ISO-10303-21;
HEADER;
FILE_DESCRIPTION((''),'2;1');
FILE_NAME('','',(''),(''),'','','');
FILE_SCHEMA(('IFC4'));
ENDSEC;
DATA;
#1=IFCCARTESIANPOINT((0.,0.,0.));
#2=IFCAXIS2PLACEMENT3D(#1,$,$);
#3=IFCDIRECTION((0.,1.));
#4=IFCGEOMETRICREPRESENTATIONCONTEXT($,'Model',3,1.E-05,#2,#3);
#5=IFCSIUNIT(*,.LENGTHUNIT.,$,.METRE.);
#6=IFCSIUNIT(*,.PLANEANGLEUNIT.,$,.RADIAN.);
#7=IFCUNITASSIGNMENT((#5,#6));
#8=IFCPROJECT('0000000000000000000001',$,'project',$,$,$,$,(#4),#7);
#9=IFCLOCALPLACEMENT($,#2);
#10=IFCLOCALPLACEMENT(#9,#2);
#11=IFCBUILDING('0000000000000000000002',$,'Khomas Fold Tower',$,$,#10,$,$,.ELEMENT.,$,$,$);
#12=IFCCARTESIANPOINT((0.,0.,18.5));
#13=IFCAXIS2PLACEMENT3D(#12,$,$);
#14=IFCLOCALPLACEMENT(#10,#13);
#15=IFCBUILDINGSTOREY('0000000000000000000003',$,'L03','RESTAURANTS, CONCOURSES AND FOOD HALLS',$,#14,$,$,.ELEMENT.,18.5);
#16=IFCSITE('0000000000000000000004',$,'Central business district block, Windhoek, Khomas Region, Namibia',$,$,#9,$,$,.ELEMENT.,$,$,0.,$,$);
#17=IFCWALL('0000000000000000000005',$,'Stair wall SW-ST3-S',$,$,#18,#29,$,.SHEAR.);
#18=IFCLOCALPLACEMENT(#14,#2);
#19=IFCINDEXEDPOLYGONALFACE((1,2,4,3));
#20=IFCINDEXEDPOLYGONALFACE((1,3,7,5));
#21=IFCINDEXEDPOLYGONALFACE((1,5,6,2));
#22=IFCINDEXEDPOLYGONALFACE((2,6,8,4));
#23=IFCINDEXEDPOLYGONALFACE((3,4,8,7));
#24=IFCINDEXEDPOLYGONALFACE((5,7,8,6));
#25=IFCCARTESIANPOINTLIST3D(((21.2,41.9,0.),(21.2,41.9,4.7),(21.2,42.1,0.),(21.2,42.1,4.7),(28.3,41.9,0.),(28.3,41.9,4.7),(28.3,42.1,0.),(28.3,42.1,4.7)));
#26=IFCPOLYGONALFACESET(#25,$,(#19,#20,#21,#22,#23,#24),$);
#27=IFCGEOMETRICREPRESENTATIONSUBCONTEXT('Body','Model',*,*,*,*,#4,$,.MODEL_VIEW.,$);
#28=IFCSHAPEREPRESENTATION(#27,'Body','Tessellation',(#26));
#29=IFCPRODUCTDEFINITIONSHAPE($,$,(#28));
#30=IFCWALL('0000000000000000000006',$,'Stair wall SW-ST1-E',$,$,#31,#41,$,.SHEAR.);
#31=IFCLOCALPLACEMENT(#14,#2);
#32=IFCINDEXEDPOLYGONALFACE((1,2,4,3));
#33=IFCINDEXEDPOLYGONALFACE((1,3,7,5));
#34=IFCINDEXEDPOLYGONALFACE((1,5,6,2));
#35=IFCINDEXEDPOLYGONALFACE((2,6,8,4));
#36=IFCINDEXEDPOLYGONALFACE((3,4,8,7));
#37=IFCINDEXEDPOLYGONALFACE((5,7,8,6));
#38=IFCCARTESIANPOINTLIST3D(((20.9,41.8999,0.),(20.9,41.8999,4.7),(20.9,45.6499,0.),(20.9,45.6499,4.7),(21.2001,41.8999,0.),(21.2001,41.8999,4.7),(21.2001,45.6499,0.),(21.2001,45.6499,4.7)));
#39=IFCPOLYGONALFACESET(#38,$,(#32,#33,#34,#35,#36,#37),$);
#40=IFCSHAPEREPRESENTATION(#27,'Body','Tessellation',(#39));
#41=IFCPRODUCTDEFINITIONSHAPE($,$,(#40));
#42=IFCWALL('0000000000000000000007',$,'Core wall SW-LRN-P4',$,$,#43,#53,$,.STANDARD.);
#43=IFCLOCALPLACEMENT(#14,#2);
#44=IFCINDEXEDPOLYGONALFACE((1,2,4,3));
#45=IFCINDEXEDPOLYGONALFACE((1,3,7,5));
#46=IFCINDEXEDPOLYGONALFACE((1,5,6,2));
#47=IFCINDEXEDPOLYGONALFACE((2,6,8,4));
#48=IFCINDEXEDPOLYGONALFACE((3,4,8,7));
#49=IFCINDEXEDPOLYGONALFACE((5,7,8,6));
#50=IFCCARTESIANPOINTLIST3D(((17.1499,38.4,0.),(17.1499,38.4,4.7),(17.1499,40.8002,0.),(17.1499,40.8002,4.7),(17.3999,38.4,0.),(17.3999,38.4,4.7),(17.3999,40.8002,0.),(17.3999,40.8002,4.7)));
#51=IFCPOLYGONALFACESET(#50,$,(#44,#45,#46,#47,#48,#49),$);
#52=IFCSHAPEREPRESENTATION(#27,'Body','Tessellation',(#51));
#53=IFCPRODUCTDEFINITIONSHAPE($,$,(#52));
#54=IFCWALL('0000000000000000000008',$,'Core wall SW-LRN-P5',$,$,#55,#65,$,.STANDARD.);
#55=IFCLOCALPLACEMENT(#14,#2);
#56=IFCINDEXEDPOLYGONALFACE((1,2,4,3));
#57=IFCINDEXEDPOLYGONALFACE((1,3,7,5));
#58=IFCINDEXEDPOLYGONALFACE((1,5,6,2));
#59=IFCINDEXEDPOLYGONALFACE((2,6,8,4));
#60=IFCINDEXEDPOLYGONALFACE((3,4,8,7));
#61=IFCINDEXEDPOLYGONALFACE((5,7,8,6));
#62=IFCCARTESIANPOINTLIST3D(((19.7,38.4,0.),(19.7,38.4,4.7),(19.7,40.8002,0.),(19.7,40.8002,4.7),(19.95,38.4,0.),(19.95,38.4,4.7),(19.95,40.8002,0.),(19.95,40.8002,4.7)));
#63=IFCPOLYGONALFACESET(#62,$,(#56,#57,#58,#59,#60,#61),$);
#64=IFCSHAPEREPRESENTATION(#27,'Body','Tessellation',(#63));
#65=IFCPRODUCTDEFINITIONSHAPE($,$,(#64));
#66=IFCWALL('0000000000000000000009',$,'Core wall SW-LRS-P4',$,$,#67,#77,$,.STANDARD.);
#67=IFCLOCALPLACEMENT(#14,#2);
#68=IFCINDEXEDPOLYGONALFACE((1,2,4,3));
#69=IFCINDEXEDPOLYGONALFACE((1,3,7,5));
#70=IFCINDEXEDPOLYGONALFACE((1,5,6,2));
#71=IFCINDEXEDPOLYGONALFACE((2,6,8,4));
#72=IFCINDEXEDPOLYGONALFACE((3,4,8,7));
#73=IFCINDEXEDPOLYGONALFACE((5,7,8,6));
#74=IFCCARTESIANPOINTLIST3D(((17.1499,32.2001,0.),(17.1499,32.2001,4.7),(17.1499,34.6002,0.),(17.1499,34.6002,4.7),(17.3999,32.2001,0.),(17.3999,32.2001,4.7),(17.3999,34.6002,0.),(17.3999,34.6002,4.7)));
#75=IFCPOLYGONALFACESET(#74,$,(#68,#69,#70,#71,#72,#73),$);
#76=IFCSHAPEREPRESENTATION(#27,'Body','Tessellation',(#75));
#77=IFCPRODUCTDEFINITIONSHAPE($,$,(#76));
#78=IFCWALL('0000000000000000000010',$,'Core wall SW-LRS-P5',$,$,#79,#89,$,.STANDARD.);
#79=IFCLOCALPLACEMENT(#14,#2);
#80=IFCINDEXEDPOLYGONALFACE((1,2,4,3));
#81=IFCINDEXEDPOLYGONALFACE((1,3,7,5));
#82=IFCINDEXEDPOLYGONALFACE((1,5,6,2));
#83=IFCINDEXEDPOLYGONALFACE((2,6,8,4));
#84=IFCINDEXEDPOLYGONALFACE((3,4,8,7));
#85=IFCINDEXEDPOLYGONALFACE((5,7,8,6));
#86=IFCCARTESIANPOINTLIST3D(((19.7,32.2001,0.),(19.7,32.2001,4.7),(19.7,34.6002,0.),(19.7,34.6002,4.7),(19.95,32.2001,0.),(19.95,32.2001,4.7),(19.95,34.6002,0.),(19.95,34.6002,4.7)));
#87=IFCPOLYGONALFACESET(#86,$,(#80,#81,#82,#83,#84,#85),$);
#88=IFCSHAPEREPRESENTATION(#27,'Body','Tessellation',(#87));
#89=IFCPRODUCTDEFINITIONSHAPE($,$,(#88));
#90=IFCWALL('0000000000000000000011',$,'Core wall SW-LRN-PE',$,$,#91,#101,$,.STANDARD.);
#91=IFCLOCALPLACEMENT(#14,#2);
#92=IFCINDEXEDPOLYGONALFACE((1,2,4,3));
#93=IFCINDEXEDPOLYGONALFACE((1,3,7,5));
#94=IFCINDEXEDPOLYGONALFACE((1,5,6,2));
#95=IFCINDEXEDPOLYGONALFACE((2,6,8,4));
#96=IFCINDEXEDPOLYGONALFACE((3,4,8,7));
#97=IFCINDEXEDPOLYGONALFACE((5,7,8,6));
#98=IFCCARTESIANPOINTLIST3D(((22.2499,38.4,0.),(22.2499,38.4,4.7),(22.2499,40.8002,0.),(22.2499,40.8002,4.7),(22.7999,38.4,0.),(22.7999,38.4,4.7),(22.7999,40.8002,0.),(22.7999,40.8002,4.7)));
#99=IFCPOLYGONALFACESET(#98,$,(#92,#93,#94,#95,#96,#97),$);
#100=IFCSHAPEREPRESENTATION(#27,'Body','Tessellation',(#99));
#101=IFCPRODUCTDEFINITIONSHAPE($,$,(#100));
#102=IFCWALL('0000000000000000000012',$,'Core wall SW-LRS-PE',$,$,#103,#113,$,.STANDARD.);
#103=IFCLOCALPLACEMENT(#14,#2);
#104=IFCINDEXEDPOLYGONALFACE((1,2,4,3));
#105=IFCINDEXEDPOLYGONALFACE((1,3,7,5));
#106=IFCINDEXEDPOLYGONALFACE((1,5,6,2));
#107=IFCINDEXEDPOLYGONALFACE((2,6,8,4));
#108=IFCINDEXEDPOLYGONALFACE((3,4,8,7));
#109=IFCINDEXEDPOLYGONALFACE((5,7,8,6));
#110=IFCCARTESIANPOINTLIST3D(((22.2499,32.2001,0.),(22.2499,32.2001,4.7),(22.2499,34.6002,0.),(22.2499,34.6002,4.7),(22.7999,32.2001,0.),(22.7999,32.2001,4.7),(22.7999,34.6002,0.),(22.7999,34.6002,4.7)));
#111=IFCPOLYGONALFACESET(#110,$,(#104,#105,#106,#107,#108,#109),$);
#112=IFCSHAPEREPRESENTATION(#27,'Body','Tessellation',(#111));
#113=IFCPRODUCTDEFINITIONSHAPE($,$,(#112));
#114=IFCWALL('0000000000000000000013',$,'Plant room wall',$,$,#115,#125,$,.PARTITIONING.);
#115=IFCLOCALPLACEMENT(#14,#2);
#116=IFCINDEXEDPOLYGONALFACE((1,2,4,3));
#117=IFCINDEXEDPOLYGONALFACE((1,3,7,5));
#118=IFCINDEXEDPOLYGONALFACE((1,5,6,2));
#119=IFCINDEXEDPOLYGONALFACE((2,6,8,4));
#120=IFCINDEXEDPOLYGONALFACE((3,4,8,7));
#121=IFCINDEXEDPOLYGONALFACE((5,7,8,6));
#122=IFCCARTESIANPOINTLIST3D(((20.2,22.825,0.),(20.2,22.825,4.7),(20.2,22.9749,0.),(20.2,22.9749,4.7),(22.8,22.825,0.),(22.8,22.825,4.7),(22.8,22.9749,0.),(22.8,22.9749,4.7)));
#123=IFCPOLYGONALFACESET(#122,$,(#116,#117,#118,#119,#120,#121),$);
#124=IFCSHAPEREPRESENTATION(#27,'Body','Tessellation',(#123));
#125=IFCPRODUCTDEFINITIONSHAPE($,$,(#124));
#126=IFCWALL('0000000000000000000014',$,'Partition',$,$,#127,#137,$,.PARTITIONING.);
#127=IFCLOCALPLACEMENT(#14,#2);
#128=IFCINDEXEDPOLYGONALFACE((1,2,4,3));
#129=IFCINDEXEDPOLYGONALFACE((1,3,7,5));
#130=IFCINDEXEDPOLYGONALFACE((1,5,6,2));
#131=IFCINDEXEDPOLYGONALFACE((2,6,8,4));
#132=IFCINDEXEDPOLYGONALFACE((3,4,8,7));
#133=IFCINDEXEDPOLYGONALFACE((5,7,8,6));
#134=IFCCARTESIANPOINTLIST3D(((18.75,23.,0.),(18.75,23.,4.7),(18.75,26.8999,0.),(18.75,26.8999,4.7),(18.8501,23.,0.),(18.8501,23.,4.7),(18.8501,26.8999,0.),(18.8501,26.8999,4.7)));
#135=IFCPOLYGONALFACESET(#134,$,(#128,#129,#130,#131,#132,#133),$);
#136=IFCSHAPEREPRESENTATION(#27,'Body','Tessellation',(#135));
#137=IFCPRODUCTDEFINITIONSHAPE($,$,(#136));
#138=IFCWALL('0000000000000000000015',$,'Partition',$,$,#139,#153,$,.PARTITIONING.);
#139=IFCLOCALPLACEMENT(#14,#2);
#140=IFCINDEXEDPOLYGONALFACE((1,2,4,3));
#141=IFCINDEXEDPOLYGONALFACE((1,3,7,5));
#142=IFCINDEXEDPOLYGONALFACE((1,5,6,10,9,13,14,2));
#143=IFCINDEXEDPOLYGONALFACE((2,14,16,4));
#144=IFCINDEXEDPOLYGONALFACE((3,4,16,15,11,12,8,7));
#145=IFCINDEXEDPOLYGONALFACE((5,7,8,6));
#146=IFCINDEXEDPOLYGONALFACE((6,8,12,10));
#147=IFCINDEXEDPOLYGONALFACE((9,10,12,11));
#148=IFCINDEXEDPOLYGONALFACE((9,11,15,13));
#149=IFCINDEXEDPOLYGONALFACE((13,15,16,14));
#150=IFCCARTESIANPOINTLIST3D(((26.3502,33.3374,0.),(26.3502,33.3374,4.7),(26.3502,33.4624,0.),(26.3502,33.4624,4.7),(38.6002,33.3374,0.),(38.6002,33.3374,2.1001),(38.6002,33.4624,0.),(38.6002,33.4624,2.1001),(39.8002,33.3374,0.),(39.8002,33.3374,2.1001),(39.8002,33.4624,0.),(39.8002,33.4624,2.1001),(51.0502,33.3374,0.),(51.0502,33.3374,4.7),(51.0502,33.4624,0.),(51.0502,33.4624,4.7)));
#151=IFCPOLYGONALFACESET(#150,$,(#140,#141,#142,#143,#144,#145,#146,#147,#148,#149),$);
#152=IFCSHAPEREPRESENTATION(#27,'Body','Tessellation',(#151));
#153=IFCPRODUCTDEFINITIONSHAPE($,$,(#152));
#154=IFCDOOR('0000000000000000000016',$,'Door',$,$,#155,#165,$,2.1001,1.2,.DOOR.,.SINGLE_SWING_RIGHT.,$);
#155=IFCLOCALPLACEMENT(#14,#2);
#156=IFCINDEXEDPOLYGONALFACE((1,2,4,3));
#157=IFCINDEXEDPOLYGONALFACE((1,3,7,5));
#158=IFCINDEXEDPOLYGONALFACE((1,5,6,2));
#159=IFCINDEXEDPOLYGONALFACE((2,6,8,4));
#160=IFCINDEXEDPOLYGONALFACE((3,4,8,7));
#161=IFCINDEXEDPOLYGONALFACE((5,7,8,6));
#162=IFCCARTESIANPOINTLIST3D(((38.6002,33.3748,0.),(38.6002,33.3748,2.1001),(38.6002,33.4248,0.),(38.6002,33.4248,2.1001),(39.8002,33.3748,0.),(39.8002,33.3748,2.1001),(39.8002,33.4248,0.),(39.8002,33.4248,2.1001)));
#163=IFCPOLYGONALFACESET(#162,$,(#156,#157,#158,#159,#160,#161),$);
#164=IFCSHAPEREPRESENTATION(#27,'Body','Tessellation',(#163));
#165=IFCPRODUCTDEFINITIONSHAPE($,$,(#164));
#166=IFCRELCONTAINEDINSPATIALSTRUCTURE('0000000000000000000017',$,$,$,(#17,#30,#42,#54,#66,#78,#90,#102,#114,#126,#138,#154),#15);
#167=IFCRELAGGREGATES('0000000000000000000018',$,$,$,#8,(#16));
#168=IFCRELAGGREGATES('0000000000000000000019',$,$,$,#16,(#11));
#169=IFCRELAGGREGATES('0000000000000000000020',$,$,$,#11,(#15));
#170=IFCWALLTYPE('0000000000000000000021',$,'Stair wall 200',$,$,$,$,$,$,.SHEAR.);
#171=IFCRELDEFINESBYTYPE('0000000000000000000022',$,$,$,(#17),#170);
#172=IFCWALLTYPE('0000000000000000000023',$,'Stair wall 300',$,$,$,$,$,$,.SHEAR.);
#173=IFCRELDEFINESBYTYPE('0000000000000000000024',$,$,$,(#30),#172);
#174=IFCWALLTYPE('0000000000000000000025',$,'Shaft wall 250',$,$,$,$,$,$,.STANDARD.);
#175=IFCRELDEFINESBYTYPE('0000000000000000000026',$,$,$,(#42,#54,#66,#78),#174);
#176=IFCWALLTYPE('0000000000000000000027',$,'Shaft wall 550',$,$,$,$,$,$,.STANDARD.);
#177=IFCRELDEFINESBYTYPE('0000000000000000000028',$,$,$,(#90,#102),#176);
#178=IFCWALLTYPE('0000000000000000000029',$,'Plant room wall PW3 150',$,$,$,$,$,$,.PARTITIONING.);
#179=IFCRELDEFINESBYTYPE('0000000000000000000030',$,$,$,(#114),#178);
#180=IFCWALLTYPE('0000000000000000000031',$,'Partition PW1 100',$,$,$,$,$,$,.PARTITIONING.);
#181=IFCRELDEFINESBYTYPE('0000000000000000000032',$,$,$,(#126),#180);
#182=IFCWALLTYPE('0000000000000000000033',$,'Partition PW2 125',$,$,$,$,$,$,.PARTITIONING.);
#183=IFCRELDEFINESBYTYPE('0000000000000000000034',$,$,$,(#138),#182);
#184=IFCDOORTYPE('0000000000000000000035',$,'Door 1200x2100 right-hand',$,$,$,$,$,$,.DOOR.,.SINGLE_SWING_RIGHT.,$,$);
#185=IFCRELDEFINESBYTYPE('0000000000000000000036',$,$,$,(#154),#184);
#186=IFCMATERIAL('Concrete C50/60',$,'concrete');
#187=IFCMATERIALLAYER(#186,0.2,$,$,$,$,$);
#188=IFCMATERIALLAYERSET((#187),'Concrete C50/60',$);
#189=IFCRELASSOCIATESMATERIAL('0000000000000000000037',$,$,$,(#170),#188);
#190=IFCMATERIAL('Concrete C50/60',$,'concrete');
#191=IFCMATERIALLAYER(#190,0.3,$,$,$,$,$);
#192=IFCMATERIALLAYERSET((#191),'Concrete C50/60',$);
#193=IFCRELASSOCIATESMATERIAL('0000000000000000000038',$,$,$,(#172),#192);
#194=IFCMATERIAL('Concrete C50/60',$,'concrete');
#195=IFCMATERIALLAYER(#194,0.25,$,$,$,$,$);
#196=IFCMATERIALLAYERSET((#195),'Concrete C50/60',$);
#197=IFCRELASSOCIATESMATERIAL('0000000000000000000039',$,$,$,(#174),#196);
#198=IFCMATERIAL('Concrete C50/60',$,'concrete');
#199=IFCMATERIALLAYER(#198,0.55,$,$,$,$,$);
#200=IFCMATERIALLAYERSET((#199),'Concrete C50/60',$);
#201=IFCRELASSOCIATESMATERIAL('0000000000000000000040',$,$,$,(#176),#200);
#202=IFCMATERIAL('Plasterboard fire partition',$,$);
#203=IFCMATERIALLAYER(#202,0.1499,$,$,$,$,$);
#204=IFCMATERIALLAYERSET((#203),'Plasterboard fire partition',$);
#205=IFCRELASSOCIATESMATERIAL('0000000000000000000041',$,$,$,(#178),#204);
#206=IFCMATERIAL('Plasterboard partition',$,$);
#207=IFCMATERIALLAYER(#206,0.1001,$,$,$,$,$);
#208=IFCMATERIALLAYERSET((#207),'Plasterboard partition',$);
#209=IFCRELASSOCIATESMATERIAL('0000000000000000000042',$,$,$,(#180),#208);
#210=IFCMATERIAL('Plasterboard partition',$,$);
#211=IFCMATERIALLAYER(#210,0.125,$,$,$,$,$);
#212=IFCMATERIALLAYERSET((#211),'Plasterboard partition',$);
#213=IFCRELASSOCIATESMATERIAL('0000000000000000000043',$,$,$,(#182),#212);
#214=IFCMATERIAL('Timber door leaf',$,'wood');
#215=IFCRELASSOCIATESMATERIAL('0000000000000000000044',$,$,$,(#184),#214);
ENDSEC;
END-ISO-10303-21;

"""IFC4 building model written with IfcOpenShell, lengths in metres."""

from ifc_helpers import new_model, si_unit, direction, frame, frame_2d, origin, place, context, subcontext, project, spatial, rectangle, extrude, source, transform, mapped, material, layer, layer_set, type_object, element, fill, save


model = new_model("IFC4")

# Units and contexts
model_context = context("Model", 3, precision=1e-05, world=origin(), true_north=direction((0.0, 1.0)))
body_context = subcontext(model_context, "Body", "Model", "MODEL_VIEW")
ifc_project = project(units=[si_unit("LENGTHUNIT", "METRE"), si_unit("PLANEANGLEUNIT", "RADIAN")], contexts=[model_context])

# Site, building, storey
site_placement = place(None, origin())
site = spatial("IfcSite", under=ifc_project, at=site_placement, Name="Central business district block, Windhoek, Khomas Region, Namibia", CompositionType="ELEMENT", RefElevation=0.0)
building_placement = place(site_placement, origin())
building = spatial("IfcBuilding", under=site, at=building_placement, Name="Khomas Fold Tower", CompositionType="ELEMENT")
storey_placement = place(building_placement, frame((0.0, 0.0, 18.5)))
storey = spatial("IfcBuildingStorey", under=building, at=storey_placement, Name="L03", Description="RESTAURANTS, CONCOURSES AND FOOD HALLS", CompositionType="ELEMENT", Elevation=18.5)

# Shared definitions
ifc_material_1 = material(Name="Concrete C50/60", Category="concrete")
ifc_layer_1 = layer(ifc_material_1, 0.2)
ifc_layer_set_1 = layer_set([ifc_layer_1], Name="Concrete C50/60")
wall_type_1 = type_object("IfcWallType", Name="Stair wall 200", PredefinedType="SHEAR", material=ifc_layer_set_1)
shared_shape_1 = source(origin(), body_context, "Body", "SweptSolid", [
    extrude(rectangle(XDim=7.1001, YDim=0.2, at=frame_2d((3.55, 0.0))), origin(), (0.0, 0.0, 1.0), 4.7),
])
shared_shape_2 = source(origin(), body_context, "Body", "SweptSolid", [
    extrude(rectangle(XDim=1.2, YDim=2.1001, at=frame_2d((0.6001, 1.05))), frame((0.0, 0.0249, 0.0), z_axis=(0.0, -1.0, 0.0), x_axis=(1.0, 0.0, 0.0)), (0.0, 0.0, 1.0), 0.05),
])

# Walls
wall_1_placement = place(storey_placement, frame((21.2, 42.0, 0.0), z_axis=(0.0, 0.0, 1.0), x_axis=(1.0, 0.0, 0.0)))
element("IfcWall", 1, at=wall_1_placement, inside=storey, type_object=wall_type_1, Name="Stair wall SW-ST3-S", PredefinedType="SHEAR", context=body_context, shape_type="MappedRepresentation", body=[
    mapped(shared_shape_1, transform((0.0, 0.0, 0.0))),
])
ifc_material_2 = material(Name="Concrete C50/60", Category="concrete")
ifc_layer_2 = layer(ifc_material_2, 0.3)
ifc_layer_set_2 = layer_set([ifc_layer_2], Name="Concrete C50/60")
wall_type_2 = type_object("IfcWallType", Name="Stair wall 300", PredefinedType="SHEAR", material=ifc_layer_set_2)
shared_shape_3 = source(origin(), body_context, "Body", "SweptSolid", [
    extrude(rectangle(XDim=3.75, YDim=0.3, at=frame_2d((1.875, 0.0))), origin(), (0.0, 0.0, 1.0), 4.7),
])
wall_2_placement = place(storey_placement, frame((21.05, 41.8999, 0.0), z_axis=(0.0, 0.0, 1.0), x_axis=(0.0, 1.0, 0.0)))
element("IfcWall", 2, at=wall_2_placement, inside=storey, type_object=wall_type_2, Name="Stair wall SW-ST1-E", PredefinedType="SHEAR", context=body_context, shape_type="MappedRepresentation", body=[
    mapped(shared_shape_3, transform((0.0, 0.0, 0.0))),
])
ifc_material_3 = material(Name="Concrete C50/60", Category="concrete")
ifc_layer_3 = layer(ifc_material_3, 0.25)
ifc_layer_set_3 = layer_set([ifc_layer_3], Name="Concrete C50/60")
wall_type_3 = type_object("IfcWallType", Name="Shaft wall 250", PredefinedType="STANDARD", material=ifc_layer_set_3)
shared_shape_4 = source(origin(), body_context, "Body", "SweptSolid", [
    extrude(rectangle(XDim=2.4001, YDim=0.25, at=frame_2d((1.2002, 0.0))), origin(), (0.0, 0.0, 1.0), 4.7),
])
for number, where, z_axis, x_axis, name in (
    (3, (17.2749, 38.3999, 0.0), (0.0, 0.0, 1.0), (0.0, 1.0, 0.0), "Core wall SW-LRN-P4"),
    (4, (19.825, 38.3999, 0.0), (0.0, 0.0, 1.0), (0.0, 1.0, 0.0), "Core wall SW-LRN-P5"),
    (5, (17.2749, 32.2, 0.0), (0.0, 0.0, 1.0), (0.0, 1.0, 0.0), "Core wall SW-LRS-P4"),
    (6, (19.825, 32.2, 0.0), (0.0, 0.0, 1.0), (0.0, 1.0, 0.0), "Core wall SW-LRS-P5"),
):
    element("IfcWall", number, at=place(storey_placement, frame(where, z_axis=z_axis, x_axis=x_axis)), inside=storey, type_object=wall_type_3, Name=name, PredefinedType="STANDARD", context=body_context, shape_type="MappedRepresentation", body=[
        mapped(shared_shape_4, transform((0.0, 0.0, 0.0))),
    ])
ifc_material_4 = material(Name="Concrete C50/60", Category="concrete")
ifc_layer_4 = layer(ifc_material_4, 0.55)
ifc_layer_set_4 = layer_set([ifc_layer_4], Name="Concrete C50/60")
wall_type_4 = type_object("IfcWallType", Name="Shaft wall 550", PredefinedType="STANDARD", material=ifc_layer_set_4)
shared_shape_5 = source(origin(), body_context, "Body", "SweptSolid", [
    extrude(rectangle(XDim=2.4001, YDim=0.55, at=frame_2d((1.2002, 0.0))), origin(), (0.0, 0.0, 1.0), 4.7),
])
for number, where, z_axis, x_axis, name in (
    (7, (22.5249, 38.3999, 0.0), (0.0, 0.0, 1.0), (0.0, 1.0, 0.0), "Core wall SW-LRN-PE"),
    (8, (22.5249, 32.2, 0.0), (0.0, 0.0, 1.0), (0.0, 1.0, 0.0), "Core wall SW-LRS-PE"),
):
    element("IfcWall", number, at=place(storey_placement, frame(where, z_axis=z_axis, x_axis=x_axis)), inside=storey, type_object=wall_type_4, Name=name, PredefinedType="STANDARD", context=body_context, shape_type="MappedRepresentation", body=[
        mapped(shared_shape_5, transform((0.0, 0.0, 0.0))),
    ])
ifc_material_5 = material(Name="Plasterboard fire partition")
ifc_layer_5 = layer(ifc_material_5, 0.1499)
ifc_layer_set_5 = layer_set([ifc_layer_5], Name="Plasterboard fire partition")
wall_type_5 = type_object("IfcWallType", Name="Plant room wall PW3 150", PredefinedType="PARTITIONING", material=ifc_layer_set_5)
shared_shape_6 = source(origin(), body_context, "Body", "SweptSolid", [
    extrude(rectangle(XDim=2.6001, YDim=0.1499, at=frame_2d((1.3, 0.0))), origin(), (0.0, 0.0, 1.0), 4.7),
])
wall_3_placement = place(storey_placement, frame((20.2, 22.8999, 0.0), z_axis=(0.0, 0.0, 1.0), x_axis=(1.0, 0.0, 0.0)))
element("IfcWall", 9, at=wall_3_placement, inside=storey, type_object=wall_type_5, Name="Plant room wall", PredefinedType="PARTITIONING", context=body_context, shape_type="MappedRepresentation", body=[
    mapped(shared_shape_6, transform((0.0, 0.0, 0.0))),
])
ifc_material_6 = material(Name="Plasterboard partition")
ifc_layer_6 = layer(ifc_material_6, 0.1001)
ifc_layer_set_6 = layer_set([ifc_layer_6], Name="Plasterboard partition")
wall_type_6 = type_object("IfcWallType", Name="Partition PW1 100", PredefinedType="PARTITIONING", material=ifc_layer_set_6)
shared_shape_7 = source(origin(), body_context, "Body", "SweptSolid", [
    extrude(rectangle(XDim=3.8999, YDim=0.1001, at=frame_2d((1.95, 0.0))), origin(), (0.0, 0.0, 1.0), 4.7),
])
wall_4_placement = place(storey_placement, frame((18.8, 23.0, 0.0), z_axis=(0.0, 0.0, 1.0), x_axis=(0.0, 1.0, 0.0)))
element("IfcWall", 10, at=wall_4_placement, inside=storey, type_object=wall_type_6, Name="Partition", PredefinedType="PARTITIONING", context=body_context, shape_type="MappedRepresentation", body=[
    mapped(shared_shape_7, transform((0.0, 0.0, 0.0))),
])

# Wall, opening, door
ifc_material_7 = material(Name="Plasterboard partition")
ifc_layer_7 = layer(ifc_material_7, 0.125)
ifc_layer_set_7 = layer_set([ifc_layer_7], Name="Plasterboard partition")
wall_type_7 = type_object("IfcWallType", Name="Partition PW2 125", PredefinedType="PARTITIONING", material=ifc_layer_set_7)
shared_shape_8 = source(origin(), body_context, "Body", "SweptSolid", [
    extrude(rectangle(XDim=24.7, YDim=0.125, at=frame_2d((12.3501, 0.0))), origin(), (0.0, 0.0, 1.0), 4.7),
])
wall_5_placement = place(storey_placement, frame((26.3501, 33.3999, 0.0), z_axis=(0.0, 0.0, 1.0), x_axis=(1.0, 0.0, 0.0)))
wall_5 = element("IfcWall", 11, at=wall_5_placement, inside=storey, type_object=wall_type_7, Name="Partition", PredefinedType="PARTITIONING", context=body_context, shape_type="MappedRepresentation", body=[
    mapped(shared_shape_8, transform((0.0, 0.0, 0.0))),
])
shared_shape_9 = source(origin(), body_context, "Body", "SweptSolid", [
    extrude(rectangle(XDim=1.2, YDim=2.1001, at=frame_2d((0.6001, 1.05))), frame((0.0, 0.0725, 0.0), z_axis=(0.0, -1.0, 0.0), x_axis=(1.0, 0.0, 0.0)), (0.0, 0.0, 1.0), 0.145),
])
opening_1_placement = place(wall_5_placement, frame((12.25, 0.0, 0.0)))
opening_1 = element("IfcOpeningElement", 12, at=opening_1_placement, cuts=wall_5, PredefinedType="OPENING", context=body_context, shape_type="MappedRepresentation", body=[
    mapped(shared_shape_9, transform((0.0, 0.0, 0.0))),
])
ifc_material_8 = material(Name="Timber door leaf", Category="wood")
door_type_1 = type_object("IfcDoorType", Name="Door 1200x2100 right-hand", OperationType="SINGLE_SWING_RIGHT", PredefinedType="DOOR", material=ifc_material_8)
door_1_placement = place(opening_1_placement, origin())
door_1 = element("IfcDoor", 13, at=door_1_placement, inside=storey, type_object=door_type_1, Name="Door", OperationType="SINGLE_SWING_RIGHT", OverallHeight=2.1001, OverallWidth=1.2, PredefinedType="DOOR", context=body_context, shape_type="MappedRepresentation", body=[
    mapped(shared_shape_2, transform((0.0, 0.0, 0.0))),
])
fill(opening_1, door_1)

save(model, "model.ifc")
